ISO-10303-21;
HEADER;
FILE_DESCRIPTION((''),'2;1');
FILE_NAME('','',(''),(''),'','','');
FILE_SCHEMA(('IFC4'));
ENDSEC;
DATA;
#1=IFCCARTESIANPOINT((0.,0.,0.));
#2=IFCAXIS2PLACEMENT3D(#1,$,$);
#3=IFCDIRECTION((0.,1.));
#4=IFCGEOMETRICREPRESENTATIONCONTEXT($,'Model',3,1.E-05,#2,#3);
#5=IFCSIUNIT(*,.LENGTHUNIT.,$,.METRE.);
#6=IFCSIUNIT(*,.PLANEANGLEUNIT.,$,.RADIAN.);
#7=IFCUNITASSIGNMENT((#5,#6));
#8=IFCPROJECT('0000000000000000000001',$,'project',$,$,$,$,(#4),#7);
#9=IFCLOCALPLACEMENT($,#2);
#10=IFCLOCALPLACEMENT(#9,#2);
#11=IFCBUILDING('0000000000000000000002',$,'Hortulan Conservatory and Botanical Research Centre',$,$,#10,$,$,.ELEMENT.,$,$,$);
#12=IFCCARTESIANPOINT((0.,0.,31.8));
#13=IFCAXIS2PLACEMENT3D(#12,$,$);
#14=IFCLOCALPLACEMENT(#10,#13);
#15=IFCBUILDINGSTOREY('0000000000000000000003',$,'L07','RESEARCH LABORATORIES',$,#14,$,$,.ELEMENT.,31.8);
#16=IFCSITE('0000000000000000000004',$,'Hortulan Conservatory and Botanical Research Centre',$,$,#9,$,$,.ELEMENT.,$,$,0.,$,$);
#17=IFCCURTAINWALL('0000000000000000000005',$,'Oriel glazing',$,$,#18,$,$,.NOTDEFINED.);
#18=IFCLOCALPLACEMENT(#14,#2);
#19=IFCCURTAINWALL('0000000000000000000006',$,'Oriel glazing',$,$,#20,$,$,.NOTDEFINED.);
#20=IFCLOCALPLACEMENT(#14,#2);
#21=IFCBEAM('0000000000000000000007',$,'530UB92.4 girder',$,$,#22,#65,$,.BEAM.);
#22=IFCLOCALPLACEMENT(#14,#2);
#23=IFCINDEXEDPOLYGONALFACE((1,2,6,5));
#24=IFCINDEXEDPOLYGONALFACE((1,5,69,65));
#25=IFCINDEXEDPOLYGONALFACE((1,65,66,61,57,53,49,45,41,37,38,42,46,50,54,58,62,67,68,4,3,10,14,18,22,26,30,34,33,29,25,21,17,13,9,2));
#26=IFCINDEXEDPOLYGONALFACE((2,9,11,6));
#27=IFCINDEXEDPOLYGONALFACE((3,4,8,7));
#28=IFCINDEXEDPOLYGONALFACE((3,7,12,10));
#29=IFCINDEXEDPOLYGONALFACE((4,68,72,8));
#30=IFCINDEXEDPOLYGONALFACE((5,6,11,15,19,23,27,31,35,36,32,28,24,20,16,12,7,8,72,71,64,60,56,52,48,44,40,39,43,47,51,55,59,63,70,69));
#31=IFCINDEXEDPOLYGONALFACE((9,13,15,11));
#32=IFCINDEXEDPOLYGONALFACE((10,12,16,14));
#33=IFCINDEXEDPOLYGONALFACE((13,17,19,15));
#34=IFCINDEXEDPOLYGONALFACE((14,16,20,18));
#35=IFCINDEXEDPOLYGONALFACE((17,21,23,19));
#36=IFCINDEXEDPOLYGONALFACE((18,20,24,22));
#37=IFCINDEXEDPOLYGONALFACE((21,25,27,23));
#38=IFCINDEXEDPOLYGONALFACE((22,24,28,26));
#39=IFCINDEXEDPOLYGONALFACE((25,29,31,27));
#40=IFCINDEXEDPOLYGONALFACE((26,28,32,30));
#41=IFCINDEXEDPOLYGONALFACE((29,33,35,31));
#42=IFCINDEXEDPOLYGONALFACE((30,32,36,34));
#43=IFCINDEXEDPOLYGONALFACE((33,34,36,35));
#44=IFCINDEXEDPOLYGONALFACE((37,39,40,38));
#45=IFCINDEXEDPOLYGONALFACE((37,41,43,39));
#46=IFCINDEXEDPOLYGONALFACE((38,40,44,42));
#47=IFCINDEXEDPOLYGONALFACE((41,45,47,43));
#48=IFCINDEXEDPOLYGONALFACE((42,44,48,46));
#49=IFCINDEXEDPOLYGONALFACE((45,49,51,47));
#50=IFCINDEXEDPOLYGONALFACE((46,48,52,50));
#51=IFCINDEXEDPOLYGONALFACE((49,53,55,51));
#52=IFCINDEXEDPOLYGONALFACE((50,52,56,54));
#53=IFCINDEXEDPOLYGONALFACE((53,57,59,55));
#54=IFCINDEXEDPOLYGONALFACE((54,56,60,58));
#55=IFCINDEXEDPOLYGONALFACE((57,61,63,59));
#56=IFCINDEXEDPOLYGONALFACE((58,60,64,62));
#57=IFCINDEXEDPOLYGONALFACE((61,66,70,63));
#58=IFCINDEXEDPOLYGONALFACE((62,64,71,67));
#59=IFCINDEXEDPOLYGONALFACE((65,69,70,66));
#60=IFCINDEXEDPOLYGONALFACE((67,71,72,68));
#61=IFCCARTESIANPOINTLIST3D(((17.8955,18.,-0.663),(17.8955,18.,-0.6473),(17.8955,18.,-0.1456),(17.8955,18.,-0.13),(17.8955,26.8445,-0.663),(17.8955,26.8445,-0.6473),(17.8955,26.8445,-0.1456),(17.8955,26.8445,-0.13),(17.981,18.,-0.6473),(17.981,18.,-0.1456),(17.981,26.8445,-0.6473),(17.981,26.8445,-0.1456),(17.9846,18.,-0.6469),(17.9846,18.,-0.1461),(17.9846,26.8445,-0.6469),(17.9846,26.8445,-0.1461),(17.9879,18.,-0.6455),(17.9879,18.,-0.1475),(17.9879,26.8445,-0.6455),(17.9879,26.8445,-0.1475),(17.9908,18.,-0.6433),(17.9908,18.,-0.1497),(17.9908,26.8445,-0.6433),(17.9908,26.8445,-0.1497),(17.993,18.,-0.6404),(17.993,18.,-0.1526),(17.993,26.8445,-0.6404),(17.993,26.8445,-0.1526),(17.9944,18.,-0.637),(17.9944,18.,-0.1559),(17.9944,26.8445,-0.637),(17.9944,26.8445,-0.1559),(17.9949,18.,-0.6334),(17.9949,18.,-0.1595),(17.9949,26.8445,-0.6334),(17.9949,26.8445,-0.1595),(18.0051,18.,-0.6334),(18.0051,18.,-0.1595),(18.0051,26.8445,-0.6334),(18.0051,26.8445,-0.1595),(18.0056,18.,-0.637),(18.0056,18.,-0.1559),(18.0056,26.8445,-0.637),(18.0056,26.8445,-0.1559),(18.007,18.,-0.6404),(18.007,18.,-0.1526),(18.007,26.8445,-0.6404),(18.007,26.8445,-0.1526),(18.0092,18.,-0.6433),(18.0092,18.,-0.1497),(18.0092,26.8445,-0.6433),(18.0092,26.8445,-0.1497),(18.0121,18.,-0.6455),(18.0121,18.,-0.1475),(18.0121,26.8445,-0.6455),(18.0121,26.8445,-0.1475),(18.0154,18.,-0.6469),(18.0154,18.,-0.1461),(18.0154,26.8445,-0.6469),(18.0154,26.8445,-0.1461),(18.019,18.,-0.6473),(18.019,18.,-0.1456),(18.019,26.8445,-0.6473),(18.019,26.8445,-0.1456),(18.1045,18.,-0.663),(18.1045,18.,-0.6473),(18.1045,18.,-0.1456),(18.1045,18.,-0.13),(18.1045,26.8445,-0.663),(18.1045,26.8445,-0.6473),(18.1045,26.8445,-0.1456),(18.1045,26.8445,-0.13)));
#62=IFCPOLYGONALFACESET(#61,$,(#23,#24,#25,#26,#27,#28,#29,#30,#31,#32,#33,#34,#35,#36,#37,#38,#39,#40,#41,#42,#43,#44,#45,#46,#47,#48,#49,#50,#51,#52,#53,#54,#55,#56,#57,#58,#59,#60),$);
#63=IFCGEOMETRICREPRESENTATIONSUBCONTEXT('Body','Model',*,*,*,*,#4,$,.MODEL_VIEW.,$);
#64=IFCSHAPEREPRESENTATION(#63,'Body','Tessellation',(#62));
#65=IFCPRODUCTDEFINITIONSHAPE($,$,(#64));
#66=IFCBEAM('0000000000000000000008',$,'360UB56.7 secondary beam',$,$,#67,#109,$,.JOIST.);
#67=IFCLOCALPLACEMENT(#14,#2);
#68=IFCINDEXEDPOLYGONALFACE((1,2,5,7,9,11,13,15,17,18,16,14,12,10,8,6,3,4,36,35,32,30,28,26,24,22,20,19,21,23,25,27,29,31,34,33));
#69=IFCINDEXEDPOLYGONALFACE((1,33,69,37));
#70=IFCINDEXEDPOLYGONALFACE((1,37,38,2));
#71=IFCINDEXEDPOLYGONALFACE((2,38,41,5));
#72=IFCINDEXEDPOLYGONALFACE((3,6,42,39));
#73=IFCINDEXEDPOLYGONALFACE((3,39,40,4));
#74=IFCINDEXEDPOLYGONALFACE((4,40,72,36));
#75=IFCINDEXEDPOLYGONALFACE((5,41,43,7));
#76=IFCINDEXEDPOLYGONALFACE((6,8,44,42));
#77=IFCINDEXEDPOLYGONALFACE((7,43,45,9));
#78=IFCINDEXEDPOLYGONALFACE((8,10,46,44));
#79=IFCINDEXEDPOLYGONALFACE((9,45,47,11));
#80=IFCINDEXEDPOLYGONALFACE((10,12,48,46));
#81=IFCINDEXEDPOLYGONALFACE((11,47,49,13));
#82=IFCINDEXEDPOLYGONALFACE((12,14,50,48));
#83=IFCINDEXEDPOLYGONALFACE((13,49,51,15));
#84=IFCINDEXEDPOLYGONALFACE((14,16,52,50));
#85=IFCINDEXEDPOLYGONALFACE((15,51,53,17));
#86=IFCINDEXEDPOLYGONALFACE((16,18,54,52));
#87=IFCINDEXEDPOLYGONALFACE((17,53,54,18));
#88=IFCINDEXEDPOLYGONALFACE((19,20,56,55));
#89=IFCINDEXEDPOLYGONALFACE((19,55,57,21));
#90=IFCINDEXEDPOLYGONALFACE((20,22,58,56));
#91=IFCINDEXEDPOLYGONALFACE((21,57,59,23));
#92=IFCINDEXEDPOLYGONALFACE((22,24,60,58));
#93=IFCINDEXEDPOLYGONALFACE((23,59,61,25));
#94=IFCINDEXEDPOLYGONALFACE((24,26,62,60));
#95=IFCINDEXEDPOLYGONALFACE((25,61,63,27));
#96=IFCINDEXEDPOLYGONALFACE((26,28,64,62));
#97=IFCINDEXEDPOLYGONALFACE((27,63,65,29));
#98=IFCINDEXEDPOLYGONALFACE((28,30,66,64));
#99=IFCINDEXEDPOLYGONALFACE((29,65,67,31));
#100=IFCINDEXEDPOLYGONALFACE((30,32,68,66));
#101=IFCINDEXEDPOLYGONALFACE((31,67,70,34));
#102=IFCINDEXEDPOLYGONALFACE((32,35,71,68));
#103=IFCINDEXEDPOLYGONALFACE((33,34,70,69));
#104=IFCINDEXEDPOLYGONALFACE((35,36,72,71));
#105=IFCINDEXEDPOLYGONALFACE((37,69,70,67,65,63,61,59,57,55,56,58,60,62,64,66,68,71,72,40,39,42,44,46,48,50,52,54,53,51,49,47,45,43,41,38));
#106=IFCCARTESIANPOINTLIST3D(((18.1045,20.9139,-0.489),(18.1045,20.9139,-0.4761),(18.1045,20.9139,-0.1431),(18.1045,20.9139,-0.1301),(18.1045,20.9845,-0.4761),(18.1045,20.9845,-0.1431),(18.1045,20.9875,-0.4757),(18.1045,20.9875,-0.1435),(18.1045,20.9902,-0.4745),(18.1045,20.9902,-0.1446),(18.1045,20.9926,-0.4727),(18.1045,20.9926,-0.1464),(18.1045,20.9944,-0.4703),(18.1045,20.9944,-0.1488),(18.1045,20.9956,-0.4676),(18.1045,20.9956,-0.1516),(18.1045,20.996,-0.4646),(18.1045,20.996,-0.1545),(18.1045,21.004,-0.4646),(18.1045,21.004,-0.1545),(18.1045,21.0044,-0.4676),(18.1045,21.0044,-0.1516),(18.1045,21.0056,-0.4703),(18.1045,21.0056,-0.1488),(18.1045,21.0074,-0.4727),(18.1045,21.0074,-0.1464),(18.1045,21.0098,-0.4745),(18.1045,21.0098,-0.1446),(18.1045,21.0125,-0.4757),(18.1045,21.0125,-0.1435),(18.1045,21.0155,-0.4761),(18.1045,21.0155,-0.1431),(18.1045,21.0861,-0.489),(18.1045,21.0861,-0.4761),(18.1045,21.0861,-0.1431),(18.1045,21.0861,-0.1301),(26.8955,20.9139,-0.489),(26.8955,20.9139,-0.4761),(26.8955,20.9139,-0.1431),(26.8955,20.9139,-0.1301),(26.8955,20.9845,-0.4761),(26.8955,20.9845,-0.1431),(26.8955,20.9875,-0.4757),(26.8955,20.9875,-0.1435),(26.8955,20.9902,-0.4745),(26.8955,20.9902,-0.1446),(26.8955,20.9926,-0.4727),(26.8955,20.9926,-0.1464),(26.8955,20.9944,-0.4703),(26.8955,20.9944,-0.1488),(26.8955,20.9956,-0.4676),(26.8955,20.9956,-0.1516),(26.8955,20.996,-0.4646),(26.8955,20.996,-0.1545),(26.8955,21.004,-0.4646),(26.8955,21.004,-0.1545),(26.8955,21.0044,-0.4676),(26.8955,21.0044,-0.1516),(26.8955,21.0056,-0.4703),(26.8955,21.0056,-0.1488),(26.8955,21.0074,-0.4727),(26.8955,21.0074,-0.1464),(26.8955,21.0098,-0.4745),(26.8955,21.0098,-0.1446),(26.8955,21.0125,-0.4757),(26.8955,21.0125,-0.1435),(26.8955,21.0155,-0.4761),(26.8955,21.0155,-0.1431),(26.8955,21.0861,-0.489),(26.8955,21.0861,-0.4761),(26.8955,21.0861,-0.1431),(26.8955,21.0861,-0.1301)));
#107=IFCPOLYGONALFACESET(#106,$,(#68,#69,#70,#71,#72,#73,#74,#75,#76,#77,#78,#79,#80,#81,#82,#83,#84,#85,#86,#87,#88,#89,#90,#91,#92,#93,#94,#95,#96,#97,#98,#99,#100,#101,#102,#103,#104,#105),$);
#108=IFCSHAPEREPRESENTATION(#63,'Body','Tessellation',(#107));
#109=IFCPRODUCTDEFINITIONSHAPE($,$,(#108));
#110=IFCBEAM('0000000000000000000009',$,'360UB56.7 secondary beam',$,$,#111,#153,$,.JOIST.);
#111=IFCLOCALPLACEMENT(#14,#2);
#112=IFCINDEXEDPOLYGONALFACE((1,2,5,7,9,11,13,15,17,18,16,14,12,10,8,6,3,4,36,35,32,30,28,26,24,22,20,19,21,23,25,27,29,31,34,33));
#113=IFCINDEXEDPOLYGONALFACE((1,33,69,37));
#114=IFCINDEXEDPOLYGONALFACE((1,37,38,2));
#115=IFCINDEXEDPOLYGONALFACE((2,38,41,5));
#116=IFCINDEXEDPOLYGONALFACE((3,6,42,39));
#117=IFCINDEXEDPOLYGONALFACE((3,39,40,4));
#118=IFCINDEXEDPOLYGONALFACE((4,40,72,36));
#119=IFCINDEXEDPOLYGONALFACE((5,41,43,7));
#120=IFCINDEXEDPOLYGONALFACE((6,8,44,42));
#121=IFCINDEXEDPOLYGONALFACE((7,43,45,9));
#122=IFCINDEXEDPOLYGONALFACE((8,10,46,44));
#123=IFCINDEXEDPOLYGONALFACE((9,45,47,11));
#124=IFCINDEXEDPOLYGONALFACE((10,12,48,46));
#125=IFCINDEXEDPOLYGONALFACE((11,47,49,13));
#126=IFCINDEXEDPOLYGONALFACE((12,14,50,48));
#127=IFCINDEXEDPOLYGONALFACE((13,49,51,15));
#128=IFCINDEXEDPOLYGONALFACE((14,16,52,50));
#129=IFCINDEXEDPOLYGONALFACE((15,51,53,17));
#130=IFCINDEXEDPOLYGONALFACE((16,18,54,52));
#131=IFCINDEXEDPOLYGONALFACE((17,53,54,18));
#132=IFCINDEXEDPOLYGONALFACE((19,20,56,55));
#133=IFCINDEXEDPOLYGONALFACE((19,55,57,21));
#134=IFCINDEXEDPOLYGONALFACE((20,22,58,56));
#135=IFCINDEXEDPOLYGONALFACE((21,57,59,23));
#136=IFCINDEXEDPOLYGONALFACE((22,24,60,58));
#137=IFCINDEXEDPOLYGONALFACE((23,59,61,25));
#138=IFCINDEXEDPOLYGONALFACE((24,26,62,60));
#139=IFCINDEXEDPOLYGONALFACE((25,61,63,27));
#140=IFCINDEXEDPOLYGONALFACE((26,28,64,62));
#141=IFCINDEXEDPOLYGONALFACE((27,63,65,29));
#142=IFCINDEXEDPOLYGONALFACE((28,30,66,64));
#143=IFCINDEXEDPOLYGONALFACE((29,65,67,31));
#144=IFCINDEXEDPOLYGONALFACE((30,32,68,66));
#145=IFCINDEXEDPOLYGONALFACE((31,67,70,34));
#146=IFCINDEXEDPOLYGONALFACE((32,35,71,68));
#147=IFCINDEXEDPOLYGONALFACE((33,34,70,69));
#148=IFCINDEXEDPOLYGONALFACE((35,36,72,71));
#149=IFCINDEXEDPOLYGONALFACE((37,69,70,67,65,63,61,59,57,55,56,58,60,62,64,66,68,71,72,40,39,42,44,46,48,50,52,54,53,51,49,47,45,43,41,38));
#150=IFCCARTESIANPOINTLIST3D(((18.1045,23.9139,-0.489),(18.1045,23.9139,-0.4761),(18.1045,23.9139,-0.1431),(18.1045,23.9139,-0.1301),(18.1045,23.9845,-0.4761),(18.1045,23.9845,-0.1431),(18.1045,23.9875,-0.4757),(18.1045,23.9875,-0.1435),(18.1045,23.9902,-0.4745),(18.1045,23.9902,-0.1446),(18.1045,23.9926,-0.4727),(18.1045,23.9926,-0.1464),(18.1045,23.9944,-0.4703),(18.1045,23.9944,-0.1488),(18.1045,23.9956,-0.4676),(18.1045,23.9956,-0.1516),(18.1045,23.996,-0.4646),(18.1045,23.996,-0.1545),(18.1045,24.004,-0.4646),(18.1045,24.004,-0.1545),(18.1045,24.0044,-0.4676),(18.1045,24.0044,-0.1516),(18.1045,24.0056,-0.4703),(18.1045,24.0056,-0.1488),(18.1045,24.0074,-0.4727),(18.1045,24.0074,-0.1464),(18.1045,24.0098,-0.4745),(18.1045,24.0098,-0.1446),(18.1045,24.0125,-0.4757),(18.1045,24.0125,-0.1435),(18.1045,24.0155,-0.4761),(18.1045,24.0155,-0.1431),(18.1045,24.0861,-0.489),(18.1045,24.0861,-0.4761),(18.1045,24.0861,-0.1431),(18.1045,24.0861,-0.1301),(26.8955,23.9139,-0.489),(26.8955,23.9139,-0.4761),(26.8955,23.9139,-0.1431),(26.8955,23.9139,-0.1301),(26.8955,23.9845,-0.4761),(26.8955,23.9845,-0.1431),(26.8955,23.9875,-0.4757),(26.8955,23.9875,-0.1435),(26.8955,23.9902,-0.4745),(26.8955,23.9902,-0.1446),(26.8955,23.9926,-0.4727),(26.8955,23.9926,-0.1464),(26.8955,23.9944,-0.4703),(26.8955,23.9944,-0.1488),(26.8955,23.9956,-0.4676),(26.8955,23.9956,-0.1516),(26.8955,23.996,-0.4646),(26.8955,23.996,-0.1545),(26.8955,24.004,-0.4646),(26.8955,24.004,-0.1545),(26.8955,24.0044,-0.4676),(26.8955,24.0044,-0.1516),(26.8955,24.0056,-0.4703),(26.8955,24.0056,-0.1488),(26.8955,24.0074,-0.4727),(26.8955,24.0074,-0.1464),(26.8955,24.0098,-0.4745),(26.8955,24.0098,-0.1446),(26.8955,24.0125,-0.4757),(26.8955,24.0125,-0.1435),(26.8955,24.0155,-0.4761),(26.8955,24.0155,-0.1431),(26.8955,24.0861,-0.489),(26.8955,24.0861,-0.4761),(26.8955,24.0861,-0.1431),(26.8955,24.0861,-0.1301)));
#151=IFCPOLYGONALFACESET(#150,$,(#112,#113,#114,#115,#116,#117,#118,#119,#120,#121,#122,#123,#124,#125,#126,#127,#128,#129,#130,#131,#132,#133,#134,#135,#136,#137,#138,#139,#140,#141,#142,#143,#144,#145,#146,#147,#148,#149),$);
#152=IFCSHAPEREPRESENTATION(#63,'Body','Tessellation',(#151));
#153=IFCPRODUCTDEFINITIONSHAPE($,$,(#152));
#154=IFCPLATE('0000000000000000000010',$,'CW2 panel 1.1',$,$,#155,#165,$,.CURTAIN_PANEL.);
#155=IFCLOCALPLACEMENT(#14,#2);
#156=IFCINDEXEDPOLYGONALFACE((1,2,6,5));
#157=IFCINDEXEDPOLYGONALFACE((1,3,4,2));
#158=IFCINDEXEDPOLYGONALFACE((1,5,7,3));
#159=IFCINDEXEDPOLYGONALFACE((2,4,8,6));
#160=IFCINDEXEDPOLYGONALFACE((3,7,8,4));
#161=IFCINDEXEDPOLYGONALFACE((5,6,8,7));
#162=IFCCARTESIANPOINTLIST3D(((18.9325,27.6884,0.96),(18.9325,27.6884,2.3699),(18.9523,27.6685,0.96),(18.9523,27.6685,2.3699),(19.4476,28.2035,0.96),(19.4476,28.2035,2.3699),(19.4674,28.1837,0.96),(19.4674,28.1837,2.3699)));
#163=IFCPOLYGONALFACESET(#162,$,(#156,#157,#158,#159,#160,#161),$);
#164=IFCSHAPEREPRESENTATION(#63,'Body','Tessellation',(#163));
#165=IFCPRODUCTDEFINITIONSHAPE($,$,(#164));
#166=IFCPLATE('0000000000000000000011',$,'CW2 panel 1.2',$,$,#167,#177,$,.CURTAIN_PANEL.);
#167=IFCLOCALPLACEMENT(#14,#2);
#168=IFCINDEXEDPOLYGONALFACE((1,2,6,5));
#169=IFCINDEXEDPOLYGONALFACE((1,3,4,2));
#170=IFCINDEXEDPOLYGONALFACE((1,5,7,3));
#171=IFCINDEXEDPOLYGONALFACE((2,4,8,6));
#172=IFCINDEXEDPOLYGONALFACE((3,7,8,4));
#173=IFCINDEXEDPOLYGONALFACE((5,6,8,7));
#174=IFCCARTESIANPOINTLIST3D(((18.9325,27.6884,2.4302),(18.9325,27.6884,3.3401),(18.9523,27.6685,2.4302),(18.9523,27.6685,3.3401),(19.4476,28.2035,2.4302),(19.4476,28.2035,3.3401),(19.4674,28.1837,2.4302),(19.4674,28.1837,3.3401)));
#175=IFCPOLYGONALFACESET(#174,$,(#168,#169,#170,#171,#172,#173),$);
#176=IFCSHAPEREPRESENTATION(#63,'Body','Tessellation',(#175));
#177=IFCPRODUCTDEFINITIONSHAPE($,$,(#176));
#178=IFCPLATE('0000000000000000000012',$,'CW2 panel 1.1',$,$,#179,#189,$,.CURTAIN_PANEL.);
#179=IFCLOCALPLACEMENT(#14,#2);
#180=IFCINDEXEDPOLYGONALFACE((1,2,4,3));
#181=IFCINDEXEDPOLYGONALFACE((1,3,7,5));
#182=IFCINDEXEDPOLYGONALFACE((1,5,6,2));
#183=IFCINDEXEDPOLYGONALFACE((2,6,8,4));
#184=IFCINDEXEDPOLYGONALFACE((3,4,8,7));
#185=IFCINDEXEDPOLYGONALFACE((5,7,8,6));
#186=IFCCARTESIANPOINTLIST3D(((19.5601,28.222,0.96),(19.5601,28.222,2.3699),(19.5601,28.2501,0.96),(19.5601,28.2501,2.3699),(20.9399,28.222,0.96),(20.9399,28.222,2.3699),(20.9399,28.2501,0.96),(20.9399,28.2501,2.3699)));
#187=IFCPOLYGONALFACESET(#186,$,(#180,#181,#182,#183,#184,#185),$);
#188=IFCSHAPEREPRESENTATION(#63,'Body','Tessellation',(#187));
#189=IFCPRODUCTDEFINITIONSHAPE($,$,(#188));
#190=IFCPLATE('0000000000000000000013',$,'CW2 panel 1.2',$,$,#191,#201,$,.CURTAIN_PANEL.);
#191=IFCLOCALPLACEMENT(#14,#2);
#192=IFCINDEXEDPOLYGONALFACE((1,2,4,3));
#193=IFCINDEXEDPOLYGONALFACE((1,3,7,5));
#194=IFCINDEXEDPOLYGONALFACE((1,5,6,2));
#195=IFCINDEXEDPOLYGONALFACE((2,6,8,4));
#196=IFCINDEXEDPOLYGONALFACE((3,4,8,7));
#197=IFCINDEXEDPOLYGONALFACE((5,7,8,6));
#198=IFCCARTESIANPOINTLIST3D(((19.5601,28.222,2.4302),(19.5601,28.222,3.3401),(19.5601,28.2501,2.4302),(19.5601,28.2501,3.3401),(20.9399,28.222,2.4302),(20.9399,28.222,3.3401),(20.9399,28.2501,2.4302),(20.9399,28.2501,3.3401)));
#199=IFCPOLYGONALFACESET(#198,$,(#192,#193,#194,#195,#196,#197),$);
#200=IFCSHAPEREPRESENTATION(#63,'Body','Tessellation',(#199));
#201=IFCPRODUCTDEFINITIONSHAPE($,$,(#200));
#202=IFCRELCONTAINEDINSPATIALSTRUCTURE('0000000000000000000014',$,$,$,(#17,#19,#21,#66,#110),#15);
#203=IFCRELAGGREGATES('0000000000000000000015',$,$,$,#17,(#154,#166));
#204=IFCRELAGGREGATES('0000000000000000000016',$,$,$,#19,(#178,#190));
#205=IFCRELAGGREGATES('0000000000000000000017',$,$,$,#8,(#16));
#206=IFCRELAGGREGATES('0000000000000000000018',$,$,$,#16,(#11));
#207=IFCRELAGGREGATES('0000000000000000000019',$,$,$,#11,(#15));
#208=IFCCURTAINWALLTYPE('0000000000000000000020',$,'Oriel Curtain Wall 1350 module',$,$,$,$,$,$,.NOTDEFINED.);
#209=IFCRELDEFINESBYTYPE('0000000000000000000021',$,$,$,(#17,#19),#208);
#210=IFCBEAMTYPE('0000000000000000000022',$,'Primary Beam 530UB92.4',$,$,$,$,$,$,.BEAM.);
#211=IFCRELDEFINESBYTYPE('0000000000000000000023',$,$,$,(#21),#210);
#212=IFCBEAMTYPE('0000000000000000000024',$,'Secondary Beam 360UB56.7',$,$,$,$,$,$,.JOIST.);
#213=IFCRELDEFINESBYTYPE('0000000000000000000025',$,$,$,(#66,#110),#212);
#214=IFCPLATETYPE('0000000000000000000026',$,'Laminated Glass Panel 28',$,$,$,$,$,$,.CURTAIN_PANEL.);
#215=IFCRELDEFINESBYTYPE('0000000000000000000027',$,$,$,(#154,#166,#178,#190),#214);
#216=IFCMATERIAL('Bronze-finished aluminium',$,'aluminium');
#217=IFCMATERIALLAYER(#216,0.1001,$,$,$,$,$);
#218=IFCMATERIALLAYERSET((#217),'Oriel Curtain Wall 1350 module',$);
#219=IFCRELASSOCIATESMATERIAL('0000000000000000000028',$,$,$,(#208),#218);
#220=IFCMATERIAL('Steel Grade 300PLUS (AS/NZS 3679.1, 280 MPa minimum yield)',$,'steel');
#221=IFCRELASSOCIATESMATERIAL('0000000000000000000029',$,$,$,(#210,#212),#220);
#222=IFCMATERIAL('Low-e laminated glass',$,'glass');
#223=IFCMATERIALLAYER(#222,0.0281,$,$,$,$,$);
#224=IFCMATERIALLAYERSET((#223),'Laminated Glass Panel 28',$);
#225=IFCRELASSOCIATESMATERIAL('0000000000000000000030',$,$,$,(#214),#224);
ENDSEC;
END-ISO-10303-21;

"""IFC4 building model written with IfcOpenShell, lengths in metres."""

from ifc_helpers import new_model, si_unit, direction, frame, origin, origin_2d, place, context, subcontext, project, spatial, rectangle, i_section, extrude, material, layer, layer_set, material_profile, profile_set, type_object, element, aggregate, save


model = new_model("IFC4")

# Units and contexts
model_context = context("Model", 3, precision=1e-05, world=origin(), true_north=direction((0.0, 1.0)))
body_context = subcontext(model_context, "Body", "Model", "MODEL_VIEW")
ifc_project = project(units=[si_unit("LENGTHUNIT", "METRE"), si_unit("PLANEANGLEUNIT", "RADIAN")], contexts=[model_context])

# Site, building, storey
site_placement = place(None, origin())
site = spatial("IfcSite", under=ifc_project, at=site_placement, Name="Hortulan Conservatory and Botanical Research Centre", CompositionType="ELEMENT", RefElevation=0.0)
building_placement = place(site_placement, origin())
building = spatial("IfcBuilding", under=site, at=building_placement, Name="Hortulan Conservatory and Botanical Research Centre", CompositionType="ELEMENT")
storey_placement = place(building_placement, frame((0.0, 0.0, 31.8)))
storey = spatial("IfcBuildingStorey", under=building, at=storey_placement, Name="L07", Description="RESEARCH LABORATORIES", CompositionType="ELEMENT", Elevation=31.8)

# Shared definitions
ifc_material_1 = material(Name="Steel Grade 300PLUS (AS/NZS 3679.1, 280 MPa minimum yield)", Category="steel")

# Curtain walls
ifc_material_2 = material(Name="Bronze-finished aluminium", Category="aluminium")
ifc_layer_1 = layer(ifc_material_2, 0.1001)
ifc_layer_set_1 = layer_set([ifc_layer_1], Name="Oriel Curtain Wall 1350 module")
curtain_wall_type = type_object("IfcCurtainWallType", Name="Oriel Curtain Wall 1350 module", PredefinedType="NOTDEFINED", material=ifc_layer_set_1)
curtain_wall_1_placement = place(storey_placement, origin())
curtain_wall_1 = element("IfcCurtainWall", 1, at=curtain_wall_1_placement, inside=storey, type_object=curtain_wall_type, Name="Oriel glazing", PredefinedType="NOTDEFINED")
curtain_wall_2_placement = place(storey_placement, origin())
curtain_wall_2 = element("IfcCurtainWall", 2, at=curtain_wall_2_placement, inside=storey, type_object=curtain_wall_type, Name="Oriel glazing", PredefinedType="NOTDEFINED")

# Beams
ifc_material_profile_1 = material_profile(ifc_material_1, i_section(OverallWidth=0.209, OverallDepth=0.533, WebThickness=0.0103, FlangeThickness=0.0156, FilletRadius=0.0139, at=origin_2d()), Name="530UB92.4")
ifc_profile_set_1 = profile_set([ifc_material_profile_1], Name="Steel Grade 300PLUS (AS/NZS 3679.1, 280 MPa minimum yield)")
beam_type_1 = type_object("IfcBeamType", Name="Primary Beam 530UB92.4", PredefinedType="BEAM", material=ifc_profile_set_1)
beam_1_placement = place(storey_placement, frame((18.0, 18.0, -0.3965), z_axis=(0.0, 1.0, 0.0), x_axis=(-1.0, 0.0, 0.0)))
element("IfcBeam", 3, at=beam_1_placement, inside=storey, type_object=beam_type_1, Name="530UB92.4 girder", PredefinedType="BEAM", context=body_context, shape_type="SweptSolid", body=[
    extrude(i_section(OverallWidth=0.209, OverallDepth=0.533, WebThickness=0.0103, FlangeThickness=0.0156, FilletRadius=0.0139, at=origin_2d()), origin(), (0.0, 0.0, 1.0), 8.8445),
])
ifc_material_profile_2 = material_profile(ifc_material_1, i_section(OverallWidth=0.1721, OverallDepth=0.3589, WebThickness=0.0081, FlangeThickness=0.0129, FilletRadius=0.0115, at=origin_2d()), Name="360UB56.7")
ifc_profile_set_2 = profile_set([ifc_material_profile_2], Name="Steel Grade 300PLUS (AS/NZS 3679.1, 280 MPa minimum yield)")
beam_type_2 = type_object("IfcBeamType", Name="Secondary Beam 360UB56.7", PredefinedType="JOIST", material=ifc_profile_set_2)
for number, where, z_axis, x_axis, name in (
    (4, (18.1045, 21.0, -0.3096), (1.0, 0.0, 0.0), (0.0, 1.0, 0.0), "360UB56.7 secondary beam"),
    (5, (18.1045, 24.0, -0.3096), (1.0, 0.0, 0.0), (0.0, 1.0, 0.0), "360UB56.7 secondary beam"),
):
    element("IfcBeam", number, at=place(storey_placement, frame(where, z_axis=z_axis, x_axis=x_axis)), inside=storey, type_object=beam_type_2, Name=name, PredefinedType="JOIST", context=body_context, shape_type="SweptSolid", body=[
        extrude(i_section(OverallWidth=0.1721, OverallDepth=0.3589, WebThickness=0.0081, FlangeThickness=0.0129, FilletRadius=0.0115, at=origin_2d()), origin(), (0.0, 0.0, 1.0), 8.791),
    ])

# Plates
ifc_material_3 = material(Name="Low-e laminated glass", Category="glass")
ifc_layer_2 = layer(ifc_material_3, 0.0281)
ifc_layer_set_2 = layer_set([ifc_layer_2], Name="Laminated Glass Panel 28")
plate_type = type_object("IfcPlateType", Name="Laminated Glass Panel 28", PredefinedType="CURTAIN_PANEL", material=ifc_layer_set_2)
plate_1_placement = place(storey_placement, frame((19.2, 27.936, 0.96), z_axis=(0.0, 0.0, 1.0), x_axis=(0.707107, 0.707107, 0.0)))
plate_1 = element("IfcPlate", 6, at=plate_1_placement, type_object=plate_type, Name="CW2 panel 1.1", PredefinedType="CURTAIN_PANEL", context=body_context, shape_type="SweptSolid", body=[
    extrude(rectangle(XDim=0.7285, YDim=0.0281, at=origin_2d()), origin(), (0.0, 0.0, 1.0), 1.4099),
])
plate_2_placement = place(storey_placement, frame((19.2, 27.936, 2.4302), z_axis=(0.0, 0.0, 1.0), x_axis=(0.707107, 0.707107, 0.0)))
plate_2 = element("IfcPlate", 7, at=plate_2_placement, type_object=plate_type, Name="CW2 panel 1.2", PredefinedType="CURTAIN_PANEL", context=body_context, shape_type="SweptSolid", body=[
    extrude(rectangle(XDim=0.7285, YDim=0.0281, at=origin_2d()), origin(), (0.0, 0.0, 1.0), 0.9099),
])
aggregate(curtain_wall_1, [plate_1, plate_2])
plate_3_placement = place(storey_placement, frame((20.25, 28.2361, 0.96), z_axis=(0.0, 0.0, 1.0), x_axis=(1.0, 0.0, 0.0)))
plate_3 = element("IfcPlate", 8, at=plate_3_placement, type_object=plate_type, Name="CW2 panel 1.1", PredefinedType="CURTAIN_PANEL", context=body_context, shape_type="SweptSolid", body=[
    extrude(rectangle(XDim=1.3799, YDim=0.0281, at=origin_2d()), origin(), (0.0, 0.0, 1.0), 1.4099),
])
plate_4_placement = place(storey_placement, frame((20.25, 28.2361, 2.4302), z_axis=(0.0, 0.0, 1.0), x_axis=(1.0, 0.0, 0.0)))
plate_4 = element("IfcPlate", 9, at=plate_4_placement, type_object=plate_type, Name="CW2 panel 1.2", PredefinedType="CURTAIN_PANEL", context=body_context, shape_type="SweptSolid", body=[
    extrude(rectangle(XDim=1.3799, YDim=0.0281, at=origin_2d()), origin(), (0.0, 0.0, 1.0), 0.9099),
])
aggregate(curtain_wall_2, [plate_3, plate_4])

save(model, "model.ifc")
